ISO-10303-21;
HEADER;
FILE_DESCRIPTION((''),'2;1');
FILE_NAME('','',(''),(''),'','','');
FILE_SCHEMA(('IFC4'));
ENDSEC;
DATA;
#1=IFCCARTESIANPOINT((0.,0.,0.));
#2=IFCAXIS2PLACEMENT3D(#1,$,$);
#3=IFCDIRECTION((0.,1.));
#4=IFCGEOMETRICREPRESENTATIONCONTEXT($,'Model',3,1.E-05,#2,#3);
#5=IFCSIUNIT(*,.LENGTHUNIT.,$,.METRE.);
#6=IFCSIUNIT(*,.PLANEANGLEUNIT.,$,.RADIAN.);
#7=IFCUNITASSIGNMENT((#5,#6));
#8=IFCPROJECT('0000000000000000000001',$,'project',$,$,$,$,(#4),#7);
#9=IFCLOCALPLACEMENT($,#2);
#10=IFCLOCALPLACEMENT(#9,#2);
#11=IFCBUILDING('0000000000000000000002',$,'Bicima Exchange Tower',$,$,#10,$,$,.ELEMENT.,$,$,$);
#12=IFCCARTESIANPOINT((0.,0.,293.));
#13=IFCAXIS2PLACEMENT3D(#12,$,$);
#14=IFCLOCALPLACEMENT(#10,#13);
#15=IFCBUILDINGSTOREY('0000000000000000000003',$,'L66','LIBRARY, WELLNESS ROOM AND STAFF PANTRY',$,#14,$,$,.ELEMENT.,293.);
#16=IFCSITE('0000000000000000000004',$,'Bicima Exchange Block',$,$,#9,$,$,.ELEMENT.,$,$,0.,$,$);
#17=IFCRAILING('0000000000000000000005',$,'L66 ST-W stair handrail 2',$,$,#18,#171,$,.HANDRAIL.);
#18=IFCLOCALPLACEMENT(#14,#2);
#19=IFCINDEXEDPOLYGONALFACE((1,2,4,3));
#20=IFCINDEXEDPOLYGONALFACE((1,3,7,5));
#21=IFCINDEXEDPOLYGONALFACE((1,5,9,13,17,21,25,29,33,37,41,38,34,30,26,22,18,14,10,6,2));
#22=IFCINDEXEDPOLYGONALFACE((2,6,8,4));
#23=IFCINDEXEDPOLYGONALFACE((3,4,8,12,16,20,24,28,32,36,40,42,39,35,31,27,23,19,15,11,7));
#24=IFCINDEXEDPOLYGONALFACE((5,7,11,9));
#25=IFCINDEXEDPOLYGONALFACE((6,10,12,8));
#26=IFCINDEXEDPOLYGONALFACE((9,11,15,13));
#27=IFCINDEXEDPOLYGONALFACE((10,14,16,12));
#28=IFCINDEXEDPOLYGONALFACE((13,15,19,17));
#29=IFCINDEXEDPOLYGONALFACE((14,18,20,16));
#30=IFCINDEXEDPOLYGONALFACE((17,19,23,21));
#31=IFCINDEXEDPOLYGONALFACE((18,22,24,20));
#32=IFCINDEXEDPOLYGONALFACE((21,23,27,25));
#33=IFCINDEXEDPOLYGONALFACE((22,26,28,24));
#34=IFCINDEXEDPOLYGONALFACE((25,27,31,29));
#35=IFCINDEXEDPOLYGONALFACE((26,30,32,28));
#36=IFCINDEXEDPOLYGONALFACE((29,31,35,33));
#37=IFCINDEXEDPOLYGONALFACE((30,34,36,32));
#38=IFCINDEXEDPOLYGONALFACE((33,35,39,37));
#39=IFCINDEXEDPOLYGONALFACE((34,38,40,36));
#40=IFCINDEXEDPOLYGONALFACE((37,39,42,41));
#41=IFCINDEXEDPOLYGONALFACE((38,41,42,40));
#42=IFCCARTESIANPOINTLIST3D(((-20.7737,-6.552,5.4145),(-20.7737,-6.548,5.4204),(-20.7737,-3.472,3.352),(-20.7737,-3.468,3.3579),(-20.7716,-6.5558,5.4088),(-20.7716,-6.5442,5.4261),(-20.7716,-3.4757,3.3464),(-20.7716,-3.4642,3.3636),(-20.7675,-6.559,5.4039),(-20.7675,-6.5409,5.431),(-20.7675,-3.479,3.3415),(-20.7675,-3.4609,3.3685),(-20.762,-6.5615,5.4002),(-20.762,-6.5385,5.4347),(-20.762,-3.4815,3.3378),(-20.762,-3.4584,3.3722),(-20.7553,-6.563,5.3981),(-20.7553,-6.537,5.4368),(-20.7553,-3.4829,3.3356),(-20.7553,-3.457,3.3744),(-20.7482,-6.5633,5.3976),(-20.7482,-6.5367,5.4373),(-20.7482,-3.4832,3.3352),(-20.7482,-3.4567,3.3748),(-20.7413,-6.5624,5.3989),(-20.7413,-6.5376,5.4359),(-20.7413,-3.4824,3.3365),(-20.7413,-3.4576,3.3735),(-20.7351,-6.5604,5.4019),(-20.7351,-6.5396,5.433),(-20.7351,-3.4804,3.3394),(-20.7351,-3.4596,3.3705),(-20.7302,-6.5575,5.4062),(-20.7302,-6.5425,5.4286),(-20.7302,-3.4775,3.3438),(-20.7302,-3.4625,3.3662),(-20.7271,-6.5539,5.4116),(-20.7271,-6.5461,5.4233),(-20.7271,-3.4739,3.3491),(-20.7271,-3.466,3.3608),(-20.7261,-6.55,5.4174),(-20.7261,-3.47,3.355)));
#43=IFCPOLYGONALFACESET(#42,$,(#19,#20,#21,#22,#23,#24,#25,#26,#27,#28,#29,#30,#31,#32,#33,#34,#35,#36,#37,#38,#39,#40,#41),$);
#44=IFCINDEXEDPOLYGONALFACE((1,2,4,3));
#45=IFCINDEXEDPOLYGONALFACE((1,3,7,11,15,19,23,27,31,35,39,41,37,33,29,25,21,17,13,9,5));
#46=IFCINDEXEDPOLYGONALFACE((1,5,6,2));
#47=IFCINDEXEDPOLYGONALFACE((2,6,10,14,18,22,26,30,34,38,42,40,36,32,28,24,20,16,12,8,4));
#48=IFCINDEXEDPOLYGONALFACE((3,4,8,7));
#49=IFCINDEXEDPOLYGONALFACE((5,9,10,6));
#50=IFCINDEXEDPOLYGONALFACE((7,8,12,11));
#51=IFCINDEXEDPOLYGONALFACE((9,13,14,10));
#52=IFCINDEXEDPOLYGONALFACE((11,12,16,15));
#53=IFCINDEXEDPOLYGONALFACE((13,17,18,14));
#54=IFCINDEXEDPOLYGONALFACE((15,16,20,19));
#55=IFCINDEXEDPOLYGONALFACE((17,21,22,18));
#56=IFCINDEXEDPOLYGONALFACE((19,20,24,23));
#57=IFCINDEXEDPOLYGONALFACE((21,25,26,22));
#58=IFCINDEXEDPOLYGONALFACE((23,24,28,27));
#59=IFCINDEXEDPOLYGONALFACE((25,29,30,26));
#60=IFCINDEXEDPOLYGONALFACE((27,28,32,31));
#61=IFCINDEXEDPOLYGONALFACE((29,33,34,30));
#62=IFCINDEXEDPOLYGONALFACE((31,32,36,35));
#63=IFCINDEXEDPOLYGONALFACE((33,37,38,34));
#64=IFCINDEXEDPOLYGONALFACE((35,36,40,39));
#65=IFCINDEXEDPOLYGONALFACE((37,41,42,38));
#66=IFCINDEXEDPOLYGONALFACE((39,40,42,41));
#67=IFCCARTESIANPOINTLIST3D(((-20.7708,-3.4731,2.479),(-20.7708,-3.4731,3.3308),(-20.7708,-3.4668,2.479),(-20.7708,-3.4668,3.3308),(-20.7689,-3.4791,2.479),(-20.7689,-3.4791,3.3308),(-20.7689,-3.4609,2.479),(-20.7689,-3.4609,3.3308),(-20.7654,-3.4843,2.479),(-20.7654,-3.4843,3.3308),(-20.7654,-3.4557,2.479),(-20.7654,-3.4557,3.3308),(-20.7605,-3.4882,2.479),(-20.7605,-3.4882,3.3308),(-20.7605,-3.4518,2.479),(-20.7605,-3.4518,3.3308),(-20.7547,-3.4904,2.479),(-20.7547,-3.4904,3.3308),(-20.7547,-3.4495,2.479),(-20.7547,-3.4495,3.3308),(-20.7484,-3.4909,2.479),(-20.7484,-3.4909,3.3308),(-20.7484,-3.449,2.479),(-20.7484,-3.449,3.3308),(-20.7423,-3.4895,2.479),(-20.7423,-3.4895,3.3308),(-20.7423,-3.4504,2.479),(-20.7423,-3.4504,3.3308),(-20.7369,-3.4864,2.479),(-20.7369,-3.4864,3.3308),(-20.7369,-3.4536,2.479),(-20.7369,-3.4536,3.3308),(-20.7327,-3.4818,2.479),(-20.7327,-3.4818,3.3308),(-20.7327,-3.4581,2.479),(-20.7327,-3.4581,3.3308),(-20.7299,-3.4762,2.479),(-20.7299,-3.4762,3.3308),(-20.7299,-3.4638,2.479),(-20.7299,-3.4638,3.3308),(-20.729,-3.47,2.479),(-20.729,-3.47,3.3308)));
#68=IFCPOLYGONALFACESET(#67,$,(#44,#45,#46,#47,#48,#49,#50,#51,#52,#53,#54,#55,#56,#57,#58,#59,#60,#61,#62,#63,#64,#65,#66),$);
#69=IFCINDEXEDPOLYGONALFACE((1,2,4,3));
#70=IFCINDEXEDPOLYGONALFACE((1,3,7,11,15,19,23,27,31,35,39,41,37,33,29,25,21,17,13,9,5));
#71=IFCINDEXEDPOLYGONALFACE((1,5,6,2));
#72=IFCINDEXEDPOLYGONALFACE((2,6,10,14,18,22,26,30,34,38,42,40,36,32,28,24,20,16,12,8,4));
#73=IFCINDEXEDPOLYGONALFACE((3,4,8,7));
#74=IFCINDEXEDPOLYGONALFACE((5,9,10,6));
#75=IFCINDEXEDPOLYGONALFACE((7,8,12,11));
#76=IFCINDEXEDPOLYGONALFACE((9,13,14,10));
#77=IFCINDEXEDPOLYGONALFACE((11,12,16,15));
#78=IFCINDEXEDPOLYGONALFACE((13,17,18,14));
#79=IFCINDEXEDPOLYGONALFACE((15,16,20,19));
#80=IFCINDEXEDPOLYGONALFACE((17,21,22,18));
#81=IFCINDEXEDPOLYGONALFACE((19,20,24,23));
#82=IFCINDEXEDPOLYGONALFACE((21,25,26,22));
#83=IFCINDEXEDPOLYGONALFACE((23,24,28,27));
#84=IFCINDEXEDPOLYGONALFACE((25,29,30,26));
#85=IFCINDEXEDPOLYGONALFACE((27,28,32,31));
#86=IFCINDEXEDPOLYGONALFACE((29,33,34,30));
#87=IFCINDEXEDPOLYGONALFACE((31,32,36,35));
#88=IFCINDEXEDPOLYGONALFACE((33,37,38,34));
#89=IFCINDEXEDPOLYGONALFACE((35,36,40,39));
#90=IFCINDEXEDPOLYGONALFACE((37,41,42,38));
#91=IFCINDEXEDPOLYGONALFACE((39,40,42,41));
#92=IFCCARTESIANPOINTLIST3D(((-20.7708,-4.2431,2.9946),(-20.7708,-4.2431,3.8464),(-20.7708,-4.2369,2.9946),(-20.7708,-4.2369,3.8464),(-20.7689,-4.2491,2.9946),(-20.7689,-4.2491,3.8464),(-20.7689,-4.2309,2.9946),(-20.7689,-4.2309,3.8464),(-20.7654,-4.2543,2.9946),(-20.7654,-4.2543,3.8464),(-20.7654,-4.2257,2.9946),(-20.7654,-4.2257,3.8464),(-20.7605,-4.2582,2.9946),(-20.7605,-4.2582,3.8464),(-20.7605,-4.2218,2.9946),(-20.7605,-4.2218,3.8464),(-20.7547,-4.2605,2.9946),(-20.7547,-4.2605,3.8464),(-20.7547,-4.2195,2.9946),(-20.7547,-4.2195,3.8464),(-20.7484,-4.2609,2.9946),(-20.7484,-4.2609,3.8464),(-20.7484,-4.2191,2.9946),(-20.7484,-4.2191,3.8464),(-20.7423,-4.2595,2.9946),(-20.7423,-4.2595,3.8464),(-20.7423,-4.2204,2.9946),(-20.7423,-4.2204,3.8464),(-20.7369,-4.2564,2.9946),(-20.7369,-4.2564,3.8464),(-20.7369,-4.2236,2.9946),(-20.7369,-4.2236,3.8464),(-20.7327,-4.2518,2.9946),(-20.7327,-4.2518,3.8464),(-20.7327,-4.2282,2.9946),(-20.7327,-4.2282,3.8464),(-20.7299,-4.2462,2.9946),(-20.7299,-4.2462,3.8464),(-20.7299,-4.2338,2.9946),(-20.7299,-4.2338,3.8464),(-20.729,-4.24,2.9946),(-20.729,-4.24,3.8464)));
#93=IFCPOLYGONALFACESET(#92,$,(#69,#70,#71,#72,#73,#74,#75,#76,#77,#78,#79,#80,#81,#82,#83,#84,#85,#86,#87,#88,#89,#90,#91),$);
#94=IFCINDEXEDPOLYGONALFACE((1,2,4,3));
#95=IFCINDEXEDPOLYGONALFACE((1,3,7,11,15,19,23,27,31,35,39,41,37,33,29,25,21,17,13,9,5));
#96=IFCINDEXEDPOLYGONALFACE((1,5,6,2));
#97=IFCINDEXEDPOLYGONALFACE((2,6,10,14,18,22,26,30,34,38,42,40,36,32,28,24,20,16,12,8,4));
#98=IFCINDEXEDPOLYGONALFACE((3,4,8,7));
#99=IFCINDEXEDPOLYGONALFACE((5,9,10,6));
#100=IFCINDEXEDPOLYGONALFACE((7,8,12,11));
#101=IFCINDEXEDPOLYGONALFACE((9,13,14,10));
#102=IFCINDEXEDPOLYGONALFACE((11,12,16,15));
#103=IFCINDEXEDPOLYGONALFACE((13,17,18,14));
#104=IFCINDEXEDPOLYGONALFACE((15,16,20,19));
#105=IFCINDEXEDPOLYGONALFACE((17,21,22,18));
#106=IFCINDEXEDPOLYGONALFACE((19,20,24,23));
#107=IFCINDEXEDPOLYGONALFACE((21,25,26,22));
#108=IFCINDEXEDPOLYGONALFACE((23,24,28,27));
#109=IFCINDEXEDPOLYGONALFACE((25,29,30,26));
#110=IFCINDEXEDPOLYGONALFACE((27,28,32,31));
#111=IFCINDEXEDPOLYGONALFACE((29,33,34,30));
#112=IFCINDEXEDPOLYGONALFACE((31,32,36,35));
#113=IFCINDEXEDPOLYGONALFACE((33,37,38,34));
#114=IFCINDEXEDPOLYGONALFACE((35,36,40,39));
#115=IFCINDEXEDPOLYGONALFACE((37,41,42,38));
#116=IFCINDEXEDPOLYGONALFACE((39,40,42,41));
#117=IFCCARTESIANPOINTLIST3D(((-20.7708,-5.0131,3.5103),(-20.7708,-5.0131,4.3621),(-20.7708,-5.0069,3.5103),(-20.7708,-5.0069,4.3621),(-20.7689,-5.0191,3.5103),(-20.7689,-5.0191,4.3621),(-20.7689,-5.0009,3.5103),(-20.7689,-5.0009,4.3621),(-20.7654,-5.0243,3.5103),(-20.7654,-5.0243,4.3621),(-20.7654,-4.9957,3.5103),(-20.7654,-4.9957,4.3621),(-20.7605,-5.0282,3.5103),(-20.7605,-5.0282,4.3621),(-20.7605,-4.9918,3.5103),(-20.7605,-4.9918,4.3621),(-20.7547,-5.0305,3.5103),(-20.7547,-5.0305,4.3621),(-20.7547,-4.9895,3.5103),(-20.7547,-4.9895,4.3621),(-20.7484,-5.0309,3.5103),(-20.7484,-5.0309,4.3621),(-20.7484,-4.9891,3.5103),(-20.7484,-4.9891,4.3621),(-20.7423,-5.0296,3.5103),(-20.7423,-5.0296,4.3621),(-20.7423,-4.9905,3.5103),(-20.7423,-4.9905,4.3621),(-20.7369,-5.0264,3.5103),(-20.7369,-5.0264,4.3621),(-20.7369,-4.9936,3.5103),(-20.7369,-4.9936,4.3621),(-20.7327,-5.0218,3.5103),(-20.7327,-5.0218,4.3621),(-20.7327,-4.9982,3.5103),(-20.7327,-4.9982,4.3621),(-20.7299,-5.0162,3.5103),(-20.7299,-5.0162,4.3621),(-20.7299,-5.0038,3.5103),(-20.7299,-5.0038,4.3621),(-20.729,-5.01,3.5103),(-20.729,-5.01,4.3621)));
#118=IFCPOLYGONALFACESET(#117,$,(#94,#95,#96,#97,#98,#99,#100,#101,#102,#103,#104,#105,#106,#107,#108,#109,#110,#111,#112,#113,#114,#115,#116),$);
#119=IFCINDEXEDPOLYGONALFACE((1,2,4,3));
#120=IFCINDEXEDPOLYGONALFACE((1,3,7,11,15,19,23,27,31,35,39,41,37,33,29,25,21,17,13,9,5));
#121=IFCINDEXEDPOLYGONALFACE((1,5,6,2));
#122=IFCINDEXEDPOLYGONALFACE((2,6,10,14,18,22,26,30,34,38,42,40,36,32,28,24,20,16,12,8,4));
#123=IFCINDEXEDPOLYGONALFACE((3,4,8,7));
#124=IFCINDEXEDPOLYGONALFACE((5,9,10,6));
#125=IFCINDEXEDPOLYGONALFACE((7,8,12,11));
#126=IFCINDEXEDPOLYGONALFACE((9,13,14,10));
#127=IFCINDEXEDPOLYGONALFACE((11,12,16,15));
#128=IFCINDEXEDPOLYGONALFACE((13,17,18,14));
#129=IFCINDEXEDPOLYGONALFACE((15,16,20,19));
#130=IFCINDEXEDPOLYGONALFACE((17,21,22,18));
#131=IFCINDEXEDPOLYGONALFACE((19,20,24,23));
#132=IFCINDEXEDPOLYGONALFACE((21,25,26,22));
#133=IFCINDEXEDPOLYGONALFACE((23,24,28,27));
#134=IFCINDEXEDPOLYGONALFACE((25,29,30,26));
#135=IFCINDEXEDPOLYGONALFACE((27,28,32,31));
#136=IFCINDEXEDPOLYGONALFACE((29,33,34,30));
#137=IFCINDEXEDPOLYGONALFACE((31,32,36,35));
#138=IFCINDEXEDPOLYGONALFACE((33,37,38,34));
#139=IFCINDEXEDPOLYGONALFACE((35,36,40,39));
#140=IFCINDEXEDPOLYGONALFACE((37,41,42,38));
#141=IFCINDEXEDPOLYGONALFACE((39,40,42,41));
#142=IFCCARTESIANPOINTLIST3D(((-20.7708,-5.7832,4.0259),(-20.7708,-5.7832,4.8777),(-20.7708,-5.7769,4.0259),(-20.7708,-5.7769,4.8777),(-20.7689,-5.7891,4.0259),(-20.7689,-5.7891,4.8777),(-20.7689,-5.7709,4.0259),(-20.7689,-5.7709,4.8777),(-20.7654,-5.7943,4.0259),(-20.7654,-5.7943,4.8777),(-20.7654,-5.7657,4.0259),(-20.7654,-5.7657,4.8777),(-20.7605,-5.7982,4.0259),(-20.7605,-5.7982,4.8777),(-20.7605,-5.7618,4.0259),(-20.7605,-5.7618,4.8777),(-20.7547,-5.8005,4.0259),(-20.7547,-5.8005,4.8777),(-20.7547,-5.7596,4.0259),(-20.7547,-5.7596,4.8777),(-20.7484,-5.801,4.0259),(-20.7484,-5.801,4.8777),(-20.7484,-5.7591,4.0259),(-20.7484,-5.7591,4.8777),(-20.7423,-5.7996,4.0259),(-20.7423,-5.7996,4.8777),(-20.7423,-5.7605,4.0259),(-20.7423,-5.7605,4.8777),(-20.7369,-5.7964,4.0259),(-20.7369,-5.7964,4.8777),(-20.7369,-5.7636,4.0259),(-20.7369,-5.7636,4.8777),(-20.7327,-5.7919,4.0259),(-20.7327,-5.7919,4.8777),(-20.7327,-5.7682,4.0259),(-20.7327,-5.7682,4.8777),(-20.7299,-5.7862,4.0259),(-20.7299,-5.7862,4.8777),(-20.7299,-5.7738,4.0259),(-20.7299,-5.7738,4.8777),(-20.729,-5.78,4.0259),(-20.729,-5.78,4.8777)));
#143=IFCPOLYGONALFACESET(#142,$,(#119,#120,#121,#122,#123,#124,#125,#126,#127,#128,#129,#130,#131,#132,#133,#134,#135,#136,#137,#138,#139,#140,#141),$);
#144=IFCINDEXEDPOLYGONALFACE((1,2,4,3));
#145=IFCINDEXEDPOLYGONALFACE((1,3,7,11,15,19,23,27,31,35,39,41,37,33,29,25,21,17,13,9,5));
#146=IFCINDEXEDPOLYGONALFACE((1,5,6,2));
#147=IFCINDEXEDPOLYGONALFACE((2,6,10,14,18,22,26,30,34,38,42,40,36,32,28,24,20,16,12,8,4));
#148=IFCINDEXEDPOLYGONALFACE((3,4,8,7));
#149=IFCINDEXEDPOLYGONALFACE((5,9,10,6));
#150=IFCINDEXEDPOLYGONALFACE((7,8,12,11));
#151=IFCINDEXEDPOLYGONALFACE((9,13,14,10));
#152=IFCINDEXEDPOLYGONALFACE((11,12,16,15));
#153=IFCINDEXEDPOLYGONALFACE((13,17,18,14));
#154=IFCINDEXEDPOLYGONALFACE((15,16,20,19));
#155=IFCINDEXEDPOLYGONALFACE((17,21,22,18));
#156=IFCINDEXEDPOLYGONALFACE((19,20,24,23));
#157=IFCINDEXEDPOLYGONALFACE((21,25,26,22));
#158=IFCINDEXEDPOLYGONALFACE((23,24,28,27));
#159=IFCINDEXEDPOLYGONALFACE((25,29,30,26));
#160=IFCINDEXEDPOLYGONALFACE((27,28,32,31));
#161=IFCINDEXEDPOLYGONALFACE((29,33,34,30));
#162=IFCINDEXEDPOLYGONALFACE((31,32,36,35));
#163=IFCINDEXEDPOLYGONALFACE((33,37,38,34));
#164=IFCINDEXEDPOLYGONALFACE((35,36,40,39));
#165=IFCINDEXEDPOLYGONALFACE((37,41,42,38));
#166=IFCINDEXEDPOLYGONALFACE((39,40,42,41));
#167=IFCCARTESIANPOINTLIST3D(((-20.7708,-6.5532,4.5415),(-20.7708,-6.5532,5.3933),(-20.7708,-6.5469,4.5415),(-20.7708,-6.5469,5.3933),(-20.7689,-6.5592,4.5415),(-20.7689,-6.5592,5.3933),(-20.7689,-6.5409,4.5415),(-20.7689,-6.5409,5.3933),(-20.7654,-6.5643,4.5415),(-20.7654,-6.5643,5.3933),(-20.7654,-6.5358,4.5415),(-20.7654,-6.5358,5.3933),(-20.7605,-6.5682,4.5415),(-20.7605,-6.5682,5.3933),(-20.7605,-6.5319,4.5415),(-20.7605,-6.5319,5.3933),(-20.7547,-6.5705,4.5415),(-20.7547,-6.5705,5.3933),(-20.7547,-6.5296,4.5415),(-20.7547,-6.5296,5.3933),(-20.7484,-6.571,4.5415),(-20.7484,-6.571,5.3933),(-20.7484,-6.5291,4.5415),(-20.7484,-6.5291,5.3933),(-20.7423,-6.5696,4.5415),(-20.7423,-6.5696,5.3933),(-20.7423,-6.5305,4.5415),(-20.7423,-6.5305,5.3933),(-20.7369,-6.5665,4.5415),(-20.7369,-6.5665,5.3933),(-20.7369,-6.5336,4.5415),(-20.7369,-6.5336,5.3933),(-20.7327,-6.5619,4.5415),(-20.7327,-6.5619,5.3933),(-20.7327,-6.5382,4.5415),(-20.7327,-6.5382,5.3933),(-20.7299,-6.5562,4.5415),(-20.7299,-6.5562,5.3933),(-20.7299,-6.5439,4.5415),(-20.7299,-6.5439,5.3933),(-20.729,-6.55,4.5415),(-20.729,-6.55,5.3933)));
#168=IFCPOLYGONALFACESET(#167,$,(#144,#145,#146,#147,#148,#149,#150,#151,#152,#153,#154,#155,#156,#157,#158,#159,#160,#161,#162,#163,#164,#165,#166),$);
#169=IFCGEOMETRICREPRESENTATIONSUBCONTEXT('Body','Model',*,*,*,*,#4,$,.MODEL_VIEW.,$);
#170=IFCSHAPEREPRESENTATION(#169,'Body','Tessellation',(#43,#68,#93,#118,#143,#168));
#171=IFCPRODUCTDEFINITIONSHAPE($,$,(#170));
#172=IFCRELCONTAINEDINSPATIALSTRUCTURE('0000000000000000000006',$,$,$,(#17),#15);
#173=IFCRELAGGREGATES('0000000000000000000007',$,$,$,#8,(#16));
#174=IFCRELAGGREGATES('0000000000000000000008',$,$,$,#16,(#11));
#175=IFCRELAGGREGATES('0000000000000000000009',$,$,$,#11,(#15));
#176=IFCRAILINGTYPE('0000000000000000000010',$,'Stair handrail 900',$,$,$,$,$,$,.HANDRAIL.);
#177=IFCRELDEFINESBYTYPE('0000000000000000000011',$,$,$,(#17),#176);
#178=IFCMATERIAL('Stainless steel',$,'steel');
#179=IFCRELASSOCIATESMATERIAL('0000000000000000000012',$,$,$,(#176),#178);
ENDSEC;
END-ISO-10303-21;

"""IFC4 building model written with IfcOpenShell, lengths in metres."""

from ifc_helpers import new_model, si_unit, direction, frame, origin, origin_2d, place, context, subcontext, project, spatial, circle, extrude, material, type_object, element, save


model = new_model("IFC4")

# Units and contexts
model_context = context("Model", 3, precision=1e-05, world=origin(), true_north=direction((0.0, 1.0)))
body_context = subcontext(model_context, "Body", "Model", "MODEL_VIEW")
ifc_project = project(units=[si_unit("LENGTHUNIT", "METRE"), si_unit("PLANEANGLEUNIT", "RADIAN")], contexts=[model_context])

# Site, building, storey
site_placement = place(None, origin())
site = spatial("IfcSite", under=ifc_project, at=site_placement, Name="Bicima Exchange Block", CompositionType="ELEMENT", RefElevation=0.0)
building_placement = place(site_placement, origin())
building = spatial("IfcBuilding", under=site, at=building_placement, Name="Bicima Exchange Tower", CompositionType="ELEMENT")
storey_placement = place(building_placement, frame((0.0, 0.0, 293.0)))
storey = spatial("IfcBuildingStorey", under=building, at=storey_placement, Name="L66", Description="LIBRARY, WELLNESS ROOM AND STAFF PANTRY", CompositionType="ELEMENT", Elevation=293.0)

# Shared definitions
ifc_material_1 = material(Name="Stainless steel", Category="steel")

# Railing
railing_type_1 = type_object("IfcRailingType", Name="Stair handrail 900", PredefinedType="HANDRAIL", material=ifc_material_1)
railing_1_placement = place(storey_placement, frame((-20.75, -3.47, 2.479)))
element("IfcRailing", 1, at=railing_1_placement, inside=storey, type_object=railing_type_1, Name="L66 ST-W stair handrail 2", PredefinedType="HANDRAIL", context=body_context, shape_type="SweptSolid", body=[
    extrude(circle(Radius=0.0239, at=origin_2d()), frame((0.0, 0.0, 0.876), z_axis=(0.0, -0.830914, 0.556401), x_axis=(1.0, 0.0, 0.0)), (0.0, 0.0, 1.0), 3.7068),
    extrude(circle(Radius=0.021, at=origin_2d()), origin(), (0.0, 0.0, 1.0), 0.8518),
    extrude(circle(Radius=0.021, at=origin_2d()), frame((0.0, -0.77, 0.5156)), (0.0, 0.0, 1.0), 0.8518),
    extrude(circle(Radius=0.021, at=origin_2d()), frame((0.0, -1.54, 1.0312)), (0.0, 0.0, 1.0), 0.8518),
    extrude(circle(Radius=0.021, at=origin_2d()), frame((0.0, -2.3101, 1.5469)), (0.0, 0.0, 1.0), 0.8518),
    extrude(circle(Radius=0.021, at=origin_2d()), frame((0.0, -3.0801, 2.0625)), (0.0, 0.0, 1.0), 0.8518),
])

save(model, "model.ifc")
